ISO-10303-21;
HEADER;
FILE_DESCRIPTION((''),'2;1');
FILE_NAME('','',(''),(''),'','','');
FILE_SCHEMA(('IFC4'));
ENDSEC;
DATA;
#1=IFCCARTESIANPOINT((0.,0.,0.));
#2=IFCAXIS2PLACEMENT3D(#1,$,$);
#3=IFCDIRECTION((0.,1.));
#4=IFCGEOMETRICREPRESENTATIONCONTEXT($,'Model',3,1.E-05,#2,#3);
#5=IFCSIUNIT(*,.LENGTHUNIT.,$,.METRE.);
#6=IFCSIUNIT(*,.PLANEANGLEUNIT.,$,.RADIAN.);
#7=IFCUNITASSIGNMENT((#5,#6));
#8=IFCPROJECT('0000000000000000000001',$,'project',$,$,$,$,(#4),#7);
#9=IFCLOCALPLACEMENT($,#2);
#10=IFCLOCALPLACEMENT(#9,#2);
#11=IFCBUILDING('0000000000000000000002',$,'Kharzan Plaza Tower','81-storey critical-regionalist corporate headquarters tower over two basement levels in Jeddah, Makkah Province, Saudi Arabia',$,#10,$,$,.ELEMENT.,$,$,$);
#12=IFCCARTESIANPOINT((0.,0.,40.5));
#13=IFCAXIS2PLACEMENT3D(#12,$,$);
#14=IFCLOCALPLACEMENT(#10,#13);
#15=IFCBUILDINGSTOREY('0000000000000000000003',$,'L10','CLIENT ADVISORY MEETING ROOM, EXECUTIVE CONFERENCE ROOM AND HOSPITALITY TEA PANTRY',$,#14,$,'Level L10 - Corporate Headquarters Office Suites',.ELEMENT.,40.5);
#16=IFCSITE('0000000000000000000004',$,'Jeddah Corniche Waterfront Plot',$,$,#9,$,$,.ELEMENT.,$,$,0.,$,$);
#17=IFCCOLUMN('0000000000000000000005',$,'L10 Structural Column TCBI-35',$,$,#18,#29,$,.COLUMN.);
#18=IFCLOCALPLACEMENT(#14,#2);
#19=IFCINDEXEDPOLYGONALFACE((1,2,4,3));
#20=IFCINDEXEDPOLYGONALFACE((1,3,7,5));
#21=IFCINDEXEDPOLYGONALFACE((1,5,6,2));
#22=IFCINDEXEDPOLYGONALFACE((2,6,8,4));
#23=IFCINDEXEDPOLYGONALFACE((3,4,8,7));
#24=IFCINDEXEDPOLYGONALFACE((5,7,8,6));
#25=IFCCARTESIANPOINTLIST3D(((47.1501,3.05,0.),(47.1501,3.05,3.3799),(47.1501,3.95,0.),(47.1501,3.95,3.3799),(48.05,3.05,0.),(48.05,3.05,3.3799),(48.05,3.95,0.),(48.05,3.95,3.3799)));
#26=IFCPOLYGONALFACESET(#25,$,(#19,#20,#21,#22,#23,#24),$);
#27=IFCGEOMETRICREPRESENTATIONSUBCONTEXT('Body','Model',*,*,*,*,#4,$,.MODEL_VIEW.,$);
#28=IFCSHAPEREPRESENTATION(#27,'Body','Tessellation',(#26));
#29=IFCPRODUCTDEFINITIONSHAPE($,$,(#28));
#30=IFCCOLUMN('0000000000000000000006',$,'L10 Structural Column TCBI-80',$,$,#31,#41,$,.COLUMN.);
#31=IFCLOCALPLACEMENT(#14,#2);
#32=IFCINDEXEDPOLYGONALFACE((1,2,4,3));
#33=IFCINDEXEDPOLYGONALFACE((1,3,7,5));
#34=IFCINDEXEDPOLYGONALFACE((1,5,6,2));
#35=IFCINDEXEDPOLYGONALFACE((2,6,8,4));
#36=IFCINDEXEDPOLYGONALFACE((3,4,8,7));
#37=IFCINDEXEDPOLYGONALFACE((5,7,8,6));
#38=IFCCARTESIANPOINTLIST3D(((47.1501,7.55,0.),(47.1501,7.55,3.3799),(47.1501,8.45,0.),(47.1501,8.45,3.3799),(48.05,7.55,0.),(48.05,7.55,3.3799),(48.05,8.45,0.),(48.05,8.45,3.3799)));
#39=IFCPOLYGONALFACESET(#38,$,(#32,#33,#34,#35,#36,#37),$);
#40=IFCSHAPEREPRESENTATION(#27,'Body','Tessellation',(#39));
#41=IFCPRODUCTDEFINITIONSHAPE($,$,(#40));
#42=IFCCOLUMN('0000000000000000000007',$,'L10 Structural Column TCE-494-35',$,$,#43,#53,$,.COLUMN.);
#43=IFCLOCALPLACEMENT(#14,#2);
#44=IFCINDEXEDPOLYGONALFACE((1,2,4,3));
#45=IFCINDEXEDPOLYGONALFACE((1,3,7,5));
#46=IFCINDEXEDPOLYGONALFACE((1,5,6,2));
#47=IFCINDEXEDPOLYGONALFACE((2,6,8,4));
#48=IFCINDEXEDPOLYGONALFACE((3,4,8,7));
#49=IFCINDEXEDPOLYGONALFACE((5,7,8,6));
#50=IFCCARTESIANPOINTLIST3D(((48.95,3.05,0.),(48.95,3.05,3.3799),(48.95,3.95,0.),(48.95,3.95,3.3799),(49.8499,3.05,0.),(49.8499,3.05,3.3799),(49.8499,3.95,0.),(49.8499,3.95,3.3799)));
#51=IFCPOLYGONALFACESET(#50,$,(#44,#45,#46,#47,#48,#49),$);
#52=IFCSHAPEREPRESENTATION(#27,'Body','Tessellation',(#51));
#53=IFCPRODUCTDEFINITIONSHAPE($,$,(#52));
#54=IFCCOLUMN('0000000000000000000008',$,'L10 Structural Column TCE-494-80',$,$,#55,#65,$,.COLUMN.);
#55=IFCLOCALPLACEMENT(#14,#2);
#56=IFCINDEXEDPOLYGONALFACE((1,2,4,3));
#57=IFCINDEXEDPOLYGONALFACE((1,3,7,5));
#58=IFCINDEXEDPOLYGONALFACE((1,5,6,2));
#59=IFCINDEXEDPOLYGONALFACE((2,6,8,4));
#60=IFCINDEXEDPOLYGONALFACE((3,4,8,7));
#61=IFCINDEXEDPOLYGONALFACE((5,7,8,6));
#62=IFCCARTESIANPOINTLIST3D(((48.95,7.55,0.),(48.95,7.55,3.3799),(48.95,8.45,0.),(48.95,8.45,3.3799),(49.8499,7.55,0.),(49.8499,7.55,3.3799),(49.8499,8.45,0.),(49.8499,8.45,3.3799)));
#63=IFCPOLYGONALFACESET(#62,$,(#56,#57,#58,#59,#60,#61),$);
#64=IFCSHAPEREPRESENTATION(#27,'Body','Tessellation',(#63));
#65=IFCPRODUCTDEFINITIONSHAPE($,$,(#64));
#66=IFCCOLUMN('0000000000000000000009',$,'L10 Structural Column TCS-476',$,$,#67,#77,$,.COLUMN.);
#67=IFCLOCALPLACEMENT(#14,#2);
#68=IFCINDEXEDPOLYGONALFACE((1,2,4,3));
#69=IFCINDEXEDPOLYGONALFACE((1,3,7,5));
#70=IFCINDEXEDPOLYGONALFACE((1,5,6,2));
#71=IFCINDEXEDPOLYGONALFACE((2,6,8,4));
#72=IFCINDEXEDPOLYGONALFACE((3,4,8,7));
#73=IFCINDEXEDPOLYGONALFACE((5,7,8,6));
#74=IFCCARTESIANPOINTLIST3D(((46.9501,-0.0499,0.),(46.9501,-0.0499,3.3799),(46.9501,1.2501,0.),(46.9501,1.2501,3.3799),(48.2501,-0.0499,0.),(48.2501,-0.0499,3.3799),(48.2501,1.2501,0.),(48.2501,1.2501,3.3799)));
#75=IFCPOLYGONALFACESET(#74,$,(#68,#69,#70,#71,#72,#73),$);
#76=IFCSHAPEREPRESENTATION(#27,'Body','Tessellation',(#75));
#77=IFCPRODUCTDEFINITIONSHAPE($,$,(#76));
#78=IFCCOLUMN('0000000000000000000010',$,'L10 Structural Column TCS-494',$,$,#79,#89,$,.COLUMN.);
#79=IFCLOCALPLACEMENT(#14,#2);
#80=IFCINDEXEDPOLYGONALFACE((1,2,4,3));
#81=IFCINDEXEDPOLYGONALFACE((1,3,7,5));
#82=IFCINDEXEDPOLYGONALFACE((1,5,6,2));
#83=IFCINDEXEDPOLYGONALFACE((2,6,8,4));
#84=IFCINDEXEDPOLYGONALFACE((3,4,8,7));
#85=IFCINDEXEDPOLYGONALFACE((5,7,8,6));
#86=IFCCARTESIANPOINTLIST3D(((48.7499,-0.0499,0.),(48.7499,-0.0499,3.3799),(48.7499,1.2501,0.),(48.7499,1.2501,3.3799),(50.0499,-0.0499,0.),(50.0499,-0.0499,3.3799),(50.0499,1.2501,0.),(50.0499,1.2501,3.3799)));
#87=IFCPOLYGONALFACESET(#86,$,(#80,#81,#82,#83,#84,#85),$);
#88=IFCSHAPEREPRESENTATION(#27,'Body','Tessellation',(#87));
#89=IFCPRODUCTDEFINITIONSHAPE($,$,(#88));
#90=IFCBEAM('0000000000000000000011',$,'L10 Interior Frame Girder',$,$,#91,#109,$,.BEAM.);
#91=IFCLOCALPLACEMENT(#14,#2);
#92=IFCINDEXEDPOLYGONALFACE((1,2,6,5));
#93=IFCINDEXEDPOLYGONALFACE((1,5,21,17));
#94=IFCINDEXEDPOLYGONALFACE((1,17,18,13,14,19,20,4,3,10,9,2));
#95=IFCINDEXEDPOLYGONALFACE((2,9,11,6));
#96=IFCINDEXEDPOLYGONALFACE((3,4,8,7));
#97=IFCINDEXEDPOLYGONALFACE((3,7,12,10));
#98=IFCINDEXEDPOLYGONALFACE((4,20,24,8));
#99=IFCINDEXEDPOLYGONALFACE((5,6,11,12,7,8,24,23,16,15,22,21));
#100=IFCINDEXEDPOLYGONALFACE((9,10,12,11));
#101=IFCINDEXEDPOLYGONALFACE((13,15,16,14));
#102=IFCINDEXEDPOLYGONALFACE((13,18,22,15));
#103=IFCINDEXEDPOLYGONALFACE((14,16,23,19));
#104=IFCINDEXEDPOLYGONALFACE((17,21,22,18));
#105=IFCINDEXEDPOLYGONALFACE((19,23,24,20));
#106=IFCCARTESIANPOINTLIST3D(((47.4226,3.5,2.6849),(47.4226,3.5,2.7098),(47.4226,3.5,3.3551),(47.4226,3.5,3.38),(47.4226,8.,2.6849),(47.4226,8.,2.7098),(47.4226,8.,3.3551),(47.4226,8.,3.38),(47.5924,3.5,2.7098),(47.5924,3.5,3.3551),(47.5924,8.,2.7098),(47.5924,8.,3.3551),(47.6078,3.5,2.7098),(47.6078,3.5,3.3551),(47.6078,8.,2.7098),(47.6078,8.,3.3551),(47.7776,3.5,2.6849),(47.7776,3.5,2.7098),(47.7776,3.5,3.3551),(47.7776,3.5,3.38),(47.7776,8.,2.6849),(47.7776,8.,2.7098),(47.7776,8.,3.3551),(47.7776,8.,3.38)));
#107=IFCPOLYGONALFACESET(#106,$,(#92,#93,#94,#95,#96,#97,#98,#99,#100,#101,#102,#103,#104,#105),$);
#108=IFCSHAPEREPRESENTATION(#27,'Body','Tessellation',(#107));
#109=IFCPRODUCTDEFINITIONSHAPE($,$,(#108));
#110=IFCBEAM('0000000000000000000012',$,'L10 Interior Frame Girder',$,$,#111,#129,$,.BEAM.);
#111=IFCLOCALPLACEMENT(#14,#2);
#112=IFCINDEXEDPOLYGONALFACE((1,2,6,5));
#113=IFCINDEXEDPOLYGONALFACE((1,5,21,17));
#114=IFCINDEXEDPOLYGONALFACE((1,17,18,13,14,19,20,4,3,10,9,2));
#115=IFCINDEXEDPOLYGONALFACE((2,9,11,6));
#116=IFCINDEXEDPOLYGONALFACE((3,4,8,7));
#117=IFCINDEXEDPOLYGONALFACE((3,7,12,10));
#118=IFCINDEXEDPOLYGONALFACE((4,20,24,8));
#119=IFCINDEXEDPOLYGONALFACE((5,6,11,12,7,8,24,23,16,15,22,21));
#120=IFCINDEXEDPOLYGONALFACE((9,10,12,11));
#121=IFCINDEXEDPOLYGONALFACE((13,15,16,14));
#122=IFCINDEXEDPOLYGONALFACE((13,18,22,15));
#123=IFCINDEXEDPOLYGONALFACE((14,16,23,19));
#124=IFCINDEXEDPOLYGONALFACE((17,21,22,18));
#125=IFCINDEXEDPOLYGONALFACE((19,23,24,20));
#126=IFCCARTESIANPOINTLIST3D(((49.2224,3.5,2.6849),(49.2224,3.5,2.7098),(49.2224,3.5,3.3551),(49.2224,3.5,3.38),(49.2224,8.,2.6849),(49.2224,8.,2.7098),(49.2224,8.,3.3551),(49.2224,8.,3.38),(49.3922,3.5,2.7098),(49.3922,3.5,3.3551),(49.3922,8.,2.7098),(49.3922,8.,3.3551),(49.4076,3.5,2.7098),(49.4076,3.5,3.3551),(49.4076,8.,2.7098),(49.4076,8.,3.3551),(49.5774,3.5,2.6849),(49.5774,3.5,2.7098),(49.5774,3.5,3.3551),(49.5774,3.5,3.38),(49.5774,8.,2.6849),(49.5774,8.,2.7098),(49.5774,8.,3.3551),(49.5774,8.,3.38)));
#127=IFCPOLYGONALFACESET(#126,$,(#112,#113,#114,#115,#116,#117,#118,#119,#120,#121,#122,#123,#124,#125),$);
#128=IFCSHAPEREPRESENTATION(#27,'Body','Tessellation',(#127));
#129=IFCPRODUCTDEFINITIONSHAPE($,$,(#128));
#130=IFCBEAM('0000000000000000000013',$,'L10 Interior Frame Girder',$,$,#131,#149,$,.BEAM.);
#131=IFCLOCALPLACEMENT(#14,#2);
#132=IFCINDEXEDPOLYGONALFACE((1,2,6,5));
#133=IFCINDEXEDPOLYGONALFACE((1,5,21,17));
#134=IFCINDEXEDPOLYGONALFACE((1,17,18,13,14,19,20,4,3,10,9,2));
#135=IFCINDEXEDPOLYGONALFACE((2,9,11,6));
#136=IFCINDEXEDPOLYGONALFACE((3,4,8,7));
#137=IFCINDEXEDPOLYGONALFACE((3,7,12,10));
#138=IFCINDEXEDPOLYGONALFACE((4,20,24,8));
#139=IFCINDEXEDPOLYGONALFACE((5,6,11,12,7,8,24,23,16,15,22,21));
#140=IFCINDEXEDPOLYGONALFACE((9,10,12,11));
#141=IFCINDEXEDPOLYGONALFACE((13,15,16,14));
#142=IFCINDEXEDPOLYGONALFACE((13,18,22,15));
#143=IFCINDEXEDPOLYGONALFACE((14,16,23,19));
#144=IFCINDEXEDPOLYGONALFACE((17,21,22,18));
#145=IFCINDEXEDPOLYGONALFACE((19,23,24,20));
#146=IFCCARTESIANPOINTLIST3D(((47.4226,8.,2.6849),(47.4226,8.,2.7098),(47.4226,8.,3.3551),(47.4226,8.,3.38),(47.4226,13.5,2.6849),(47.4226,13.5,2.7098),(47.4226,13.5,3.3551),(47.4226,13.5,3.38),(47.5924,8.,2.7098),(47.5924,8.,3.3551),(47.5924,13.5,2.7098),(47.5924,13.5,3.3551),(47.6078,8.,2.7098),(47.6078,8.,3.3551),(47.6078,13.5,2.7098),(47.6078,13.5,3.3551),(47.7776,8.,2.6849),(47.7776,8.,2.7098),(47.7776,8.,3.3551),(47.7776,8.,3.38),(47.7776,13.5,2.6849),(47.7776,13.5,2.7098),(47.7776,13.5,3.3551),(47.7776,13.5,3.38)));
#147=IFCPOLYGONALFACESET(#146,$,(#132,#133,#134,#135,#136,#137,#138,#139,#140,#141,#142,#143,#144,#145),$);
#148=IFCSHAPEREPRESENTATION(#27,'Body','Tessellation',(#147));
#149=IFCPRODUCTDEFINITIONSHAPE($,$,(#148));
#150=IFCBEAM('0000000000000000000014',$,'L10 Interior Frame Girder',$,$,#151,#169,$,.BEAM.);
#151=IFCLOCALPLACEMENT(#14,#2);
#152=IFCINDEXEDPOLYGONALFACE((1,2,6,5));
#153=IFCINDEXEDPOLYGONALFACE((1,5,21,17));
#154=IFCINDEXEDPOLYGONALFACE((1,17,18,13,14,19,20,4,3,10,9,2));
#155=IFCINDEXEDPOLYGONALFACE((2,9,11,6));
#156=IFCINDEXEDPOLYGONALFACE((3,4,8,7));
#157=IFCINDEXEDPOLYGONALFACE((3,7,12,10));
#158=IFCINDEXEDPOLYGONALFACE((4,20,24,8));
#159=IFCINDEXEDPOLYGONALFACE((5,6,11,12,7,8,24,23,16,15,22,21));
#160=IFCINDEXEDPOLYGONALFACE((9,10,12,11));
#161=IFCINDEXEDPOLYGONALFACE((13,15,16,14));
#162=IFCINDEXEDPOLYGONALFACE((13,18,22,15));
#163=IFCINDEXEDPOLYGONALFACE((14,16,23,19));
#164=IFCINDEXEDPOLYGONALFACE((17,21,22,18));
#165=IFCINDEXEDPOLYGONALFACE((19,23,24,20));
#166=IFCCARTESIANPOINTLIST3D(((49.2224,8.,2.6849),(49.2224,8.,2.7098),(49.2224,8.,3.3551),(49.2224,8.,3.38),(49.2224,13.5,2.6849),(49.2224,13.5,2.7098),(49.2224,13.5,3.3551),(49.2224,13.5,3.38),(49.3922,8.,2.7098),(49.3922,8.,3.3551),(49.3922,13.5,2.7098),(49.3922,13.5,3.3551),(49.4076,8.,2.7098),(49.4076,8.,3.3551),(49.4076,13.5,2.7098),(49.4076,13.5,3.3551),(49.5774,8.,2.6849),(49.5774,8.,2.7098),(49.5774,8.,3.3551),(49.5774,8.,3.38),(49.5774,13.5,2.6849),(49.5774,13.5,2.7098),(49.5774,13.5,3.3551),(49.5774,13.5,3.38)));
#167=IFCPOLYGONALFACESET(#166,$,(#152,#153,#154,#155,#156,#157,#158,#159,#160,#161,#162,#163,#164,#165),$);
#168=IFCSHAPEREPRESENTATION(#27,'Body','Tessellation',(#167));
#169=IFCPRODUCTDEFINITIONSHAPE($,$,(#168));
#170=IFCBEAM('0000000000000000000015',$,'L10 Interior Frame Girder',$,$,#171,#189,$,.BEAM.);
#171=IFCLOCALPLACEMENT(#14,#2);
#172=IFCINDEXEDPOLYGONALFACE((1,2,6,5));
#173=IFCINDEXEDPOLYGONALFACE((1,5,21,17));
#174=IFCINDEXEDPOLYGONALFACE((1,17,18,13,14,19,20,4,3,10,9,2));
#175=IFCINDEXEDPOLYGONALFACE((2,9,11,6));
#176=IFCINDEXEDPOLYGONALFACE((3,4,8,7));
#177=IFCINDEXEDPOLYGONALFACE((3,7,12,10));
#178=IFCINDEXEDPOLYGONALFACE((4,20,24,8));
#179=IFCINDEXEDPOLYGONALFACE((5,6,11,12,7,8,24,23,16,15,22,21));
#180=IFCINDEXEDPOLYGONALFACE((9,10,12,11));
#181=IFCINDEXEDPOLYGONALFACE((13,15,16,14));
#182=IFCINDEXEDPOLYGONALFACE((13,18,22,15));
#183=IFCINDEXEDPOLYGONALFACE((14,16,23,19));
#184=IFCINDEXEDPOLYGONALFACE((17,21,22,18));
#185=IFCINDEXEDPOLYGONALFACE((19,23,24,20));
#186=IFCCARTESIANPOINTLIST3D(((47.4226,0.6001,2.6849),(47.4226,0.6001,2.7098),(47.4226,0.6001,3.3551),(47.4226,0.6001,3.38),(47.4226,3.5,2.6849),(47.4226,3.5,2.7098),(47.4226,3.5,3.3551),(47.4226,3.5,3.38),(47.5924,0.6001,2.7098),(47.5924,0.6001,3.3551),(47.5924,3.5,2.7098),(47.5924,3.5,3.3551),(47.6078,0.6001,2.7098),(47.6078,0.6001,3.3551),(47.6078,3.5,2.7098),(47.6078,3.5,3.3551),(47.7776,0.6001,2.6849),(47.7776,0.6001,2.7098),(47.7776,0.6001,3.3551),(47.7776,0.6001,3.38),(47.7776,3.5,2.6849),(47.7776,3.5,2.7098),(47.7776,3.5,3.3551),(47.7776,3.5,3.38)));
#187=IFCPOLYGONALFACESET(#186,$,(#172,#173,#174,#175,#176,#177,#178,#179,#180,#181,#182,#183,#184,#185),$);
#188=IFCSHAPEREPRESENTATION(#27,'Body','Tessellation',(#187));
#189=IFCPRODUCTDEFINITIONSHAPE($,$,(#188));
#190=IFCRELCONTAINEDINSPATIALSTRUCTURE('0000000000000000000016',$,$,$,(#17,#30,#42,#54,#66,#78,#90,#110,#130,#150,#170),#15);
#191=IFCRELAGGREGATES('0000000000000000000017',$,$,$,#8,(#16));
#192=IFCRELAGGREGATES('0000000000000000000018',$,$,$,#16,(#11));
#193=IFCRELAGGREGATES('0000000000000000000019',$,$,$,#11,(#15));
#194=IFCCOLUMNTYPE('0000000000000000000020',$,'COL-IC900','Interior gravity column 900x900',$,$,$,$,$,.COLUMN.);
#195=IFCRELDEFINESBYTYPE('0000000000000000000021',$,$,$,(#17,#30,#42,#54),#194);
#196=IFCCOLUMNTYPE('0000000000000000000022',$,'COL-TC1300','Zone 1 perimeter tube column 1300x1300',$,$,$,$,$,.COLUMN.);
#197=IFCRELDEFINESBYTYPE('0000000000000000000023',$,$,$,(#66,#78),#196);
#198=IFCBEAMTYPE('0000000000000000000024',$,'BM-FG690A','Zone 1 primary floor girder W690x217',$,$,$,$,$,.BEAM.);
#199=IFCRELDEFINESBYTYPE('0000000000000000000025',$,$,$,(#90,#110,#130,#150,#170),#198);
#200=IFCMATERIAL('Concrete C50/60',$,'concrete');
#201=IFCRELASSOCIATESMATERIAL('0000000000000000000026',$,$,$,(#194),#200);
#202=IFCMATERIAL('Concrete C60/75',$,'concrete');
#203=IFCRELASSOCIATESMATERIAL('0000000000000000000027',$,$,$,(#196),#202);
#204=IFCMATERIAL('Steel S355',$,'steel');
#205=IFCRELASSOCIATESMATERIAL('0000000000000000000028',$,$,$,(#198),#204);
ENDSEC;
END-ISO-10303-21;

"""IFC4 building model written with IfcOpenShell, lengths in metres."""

from ifc_helpers import new_model, si_unit, direction, frame, origin, origin_2d, place, context, subcontext, project, spatial, rectangle, i_section, extrude, source, transform, mapped, material, material_profile, profile_set, type_object, element, save


model = new_model("IFC4")

# Units and contexts
model_context = context("Model", 3, precision=1e-05, world=origin(), true_north=direction((0.0, 1.0)))
body_context = subcontext(model_context, "Body", "Model", "MODEL_VIEW")
ifc_project = project(units=[si_unit("LENGTHUNIT", "METRE"), si_unit("PLANEANGLEUNIT", "RADIAN")], contexts=[model_context])

# Site, building, storey
site_placement = place(None, origin())
site = spatial("IfcSite", under=ifc_project, at=site_placement, Name="Jeddah Corniche Waterfront Plot", CompositionType="ELEMENT", RefElevation=0.0)
building_placement = place(site_placement, origin())
building = spatial("IfcBuilding", under=site, at=building_placement, Name="Kharzan Plaza Tower", Description="81-storey critical-regionalist corporate headquarters tower over two basement levels in Jeddah, Makkah Province, Saudi Arabia", CompositionType="ELEMENT")
storey_placement = place(building_placement, frame((0.0, 0.0, 40.5)))
storey = spatial("IfcBuildingStorey", under=building, at=storey_placement, Name="L10", Description="CLIENT ADVISORY MEETING ROOM, EXECUTIVE CONFERENCE ROOM AND HOSPITALITY TEA PANTRY", LongName="Level L10 - Corporate Headquarters Office Suites", CompositionType="ELEMENT", Elevation=40.5)

# Columns
ifc_material_1 = material(Name="Concrete C50/60", Category="concrete")
ifc_material_profile_1 = material_profile(ifc_material_1, rectangle(XDim=0.8999, YDim=0.8999, at=origin_2d()), Name="RC-IC900x900")
ifc_profile_set_1 = profile_set([ifc_material_profile_1], Name="Concrete C50/60")
column_type_1 = type_object("IfcColumnType", Name="COL-IC900", Description="Interior gravity column 900x900", PredefinedType="COLUMN", material=ifc_profile_set_1)
shared_shape_1 = source(origin(), body_context, "Body", "SweptSolid", [
    extrude(rectangle(XDim=0.8999, YDim=0.8999, at=origin_2d()), origin(), (0.0, 0.0, 1.0), 3.3799),
])
for number, where, z_axis, x_axis, name in (
    (1, (47.6001, 3.5, 0.0), (0.0, 0.0, 1.0), (1.0, 0.0, 0.0), "L10 Structural Column TCBI-35"),
    (2, (47.6001, 8.0, 0.0), (0.0, 0.0, 1.0), (1.0, 0.0, 0.0), "L10 Structural Column TCBI-80"),
    (3, (49.3999, 3.5, 0.0), (0.0, 0.0, 1.0), (1.0, 0.0, 0.0), "L10 Structural Column TCE-494-35"),
    (4, (49.3999, 8.0, 0.0), (0.0, 0.0, 1.0), (1.0, 0.0, 0.0), "L10 Structural Column TCE-494-80"),
):
    element("IfcColumn", number, at=place(storey_placement, frame(where, z_axis=z_axis, x_axis=x_axis)), inside=storey, type_object=column_type_1, Name=name, PredefinedType="COLUMN", context=body_context, shape_type="MappedRepresentation", body=[
        mapped(shared_shape_1, transform((0.0, 0.0, 0.0), x_axis=(1.0, 0.0, 0.0), y_axis=(0.0, 1.0, 0.0), z_axis=(0.0, 0.0, 1.0))),
    ])
ifc_material_2 = material(Name="Concrete C60/75", Category="concrete")
ifc_material_profile_2 = material_profile(ifc_material_2, rectangle(XDim=1.3, YDim=1.3, at=origin_2d()), Name="RC-TC1300x1300")
ifc_profile_set_2 = profile_set([ifc_material_profile_2], Name="Concrete C60/75")
column_type_2 = type_object("IfcColumnType", Name="COL-TC1300", Description="Zone 1 perimeter tube column 1300x1300", PredefinedType="COLUMN", material=ifc_profile_set_2)
shared_shape_2 = source(origin(), body_context, "Body", "SweptSolid", [
    extrude(rectangle(XDim=1.3, YDim=1.3, at=origin_2d()), origin(), (0.0, 0.0, 1.0), 3.3799),
])
for number, where, z_axis, x_axis, name in (
    (5, (47.6001, 0.6001, 0.0), (0.0, 0.0, 1.0), (1.0, 0.0, 0.0), "L10 Structural Column TCS-476"),
    (6, (49.3999, 0.6001, 0.0), (0.0, 0.0, 1.0), (1.0, 0.0, 0.0), "L10 Structural Column TCS-494"),
):
    element("IfcColumn", number, at=place(storey_placement, frame(where, z_axis=z_axis, x_axis=x_axis)), inside=storey, type_object=column_type_2, Name=name, PredefinedType="COLUMN", context=body_context, shape_type="MappedRepresentation", body=[
        mapped(shared_shape_2, transform((0.0, 0.0, 0.0), x_axis=(1.0, 0.0, 0.0), y_axis=(0.0, 1.0, 0.0), z_axis=(0.0, 0.0, 1.0))),
    ])

# Beams
ifc_material_3 = material(Name="Steel S355", Category="steel")
ifc_material_profile_3 = material_profile(ifc_material_3, i_section(OverallWidth=0.355, OverallDepth=0.6951, WebThickness=0.0154, FlangeThickness=0.0249, at=origin_2d()), Name="W690x217")
ifc_profile_set_3 = profile_set([ifc_material_profile_3], Name="Steel S355")
beam_type_1 = type_object("IfcBeamType", Name="BM-FG690A", Description="Zone 1 primary floor girder W690x217", PredefinedType="BEAM", material=ifc_profile_set_3)
shared_shape_3 = source(origin(), body_context, "Body", "SweptSolid", [
    extrude(i_section(OverallWidth=0.355, OverallDepth=0.6951, WebThickness=0.0154, FlangeThickness=0.0249, at=origin_2d()), origin(), (0.0, 0.0, 1.0), 4.5),
])
for number, where, z_axis, x_axis, name in (
    (7, (47.6001, 3.5, 3.0325), (0.0, 1.0, 0.0), (-1.0, 0.0, 0.0), "L10 Interior Frame Girder"),
    (8, (49.3999, 3.5, 3.0325), (0.0, 1.0, 0.0), (-1.0, 0.0, 0.0), "L10 Interior Frame Girder"),
):
    element("IfcBeam", number, at=place(storey_placement, frame(where, z_axis=z_axis, x_axis=x_axis)), inside=storey, type_object=beam_type_1, Name=name, PredefinedType="BEAM", context=body_context, shape_type="MappedRepresentation", body=[
        mapped(shared_shape_3, transform((0.0, 0.0, 0.0), x_axis=(1.0, 0.0, 0.0), y_axis=(0.0, 1.0, 0.0), z_axis=(0.0, 0.0, 1.0))),
    ])
shared_shape_4 = source(origin(), body_context, "Body", "SweptSolid", [
    extrude(i_section(OverallWidth=0.355, OverallDepth=0.6951, WebThickness=0.0154, FlangeThickness=0.0249, at=origin_2d()), origin(), (0.0, 0.0, 1.0), 5.5),
])
for number, where, z_axis, x_axis, name in (
    (9, (47.6001, 8.0, 3.0325), (0.0, 1.0, 0.0), (-1.0, 0.0, 0.0), "L10 Interior Frame Girder"),
    (10, (49.3999, 8.0, 3.0325), (0.0, 1.0, 0.0), (-1.0, 0.0, 0.0), "L10 Interior Frame Girder"),
):
    element("IfcBeam", number, at=place(storey_placement, frame(where, z_axis=z_axis, x_axis=x_axis)), inside=storey, type_object=beam_type_1, Name=name, PredefinedType="BEAM", context=body_context, shape_type="MappedRepresentation", body=[
        mapped(shared_shape_4, transform((0.0, 0.0, 0.0), x_axis=(1.0, 0.0, 0.0), y_axis=(0.0, 1.0, 0.0), z_axis=(0.0, 0.0, 1.0))),
    ])
shared_shape_5 = source(origin(), body_context, "Body", "SweptSolid", [
    extrude(i_section(OverallWidth=0.355, OverallDepth=0.6951, WebThickness=0.0154, FlangeThickness=0.0249, at=origin_2d()), origin(), (0.0, 0.0, 1.0), 2.8999),
])
for number, where, z_axis, x_axis, name in (
    (11, (47.6001, 0.6001, 3.0325), (0.0, 1.0, 0.0), (-1.0, 0.0, 0.0), "L10 Interior Frame Girder"),
):
    element("IfcBeam", number, at=place(storey_placement, frame(where, z_axis=z_axis, x_axis=x_axis)), inside=storey, type_object=beam_type_1, Name=name, PredefinedType="BEAM", context=body_context, shape_type="MappedRepresentation", body=[
        mapped(shared_shape_5, transform((0.0, 0.0, 0.0), x_axis=(1.0, 0.0, 0.0), y_axis=(0.0, 1.0, 0.0), z_axis=(0.0, 0.0, 1.0))),
    ])

save(model, "model.ifc")
